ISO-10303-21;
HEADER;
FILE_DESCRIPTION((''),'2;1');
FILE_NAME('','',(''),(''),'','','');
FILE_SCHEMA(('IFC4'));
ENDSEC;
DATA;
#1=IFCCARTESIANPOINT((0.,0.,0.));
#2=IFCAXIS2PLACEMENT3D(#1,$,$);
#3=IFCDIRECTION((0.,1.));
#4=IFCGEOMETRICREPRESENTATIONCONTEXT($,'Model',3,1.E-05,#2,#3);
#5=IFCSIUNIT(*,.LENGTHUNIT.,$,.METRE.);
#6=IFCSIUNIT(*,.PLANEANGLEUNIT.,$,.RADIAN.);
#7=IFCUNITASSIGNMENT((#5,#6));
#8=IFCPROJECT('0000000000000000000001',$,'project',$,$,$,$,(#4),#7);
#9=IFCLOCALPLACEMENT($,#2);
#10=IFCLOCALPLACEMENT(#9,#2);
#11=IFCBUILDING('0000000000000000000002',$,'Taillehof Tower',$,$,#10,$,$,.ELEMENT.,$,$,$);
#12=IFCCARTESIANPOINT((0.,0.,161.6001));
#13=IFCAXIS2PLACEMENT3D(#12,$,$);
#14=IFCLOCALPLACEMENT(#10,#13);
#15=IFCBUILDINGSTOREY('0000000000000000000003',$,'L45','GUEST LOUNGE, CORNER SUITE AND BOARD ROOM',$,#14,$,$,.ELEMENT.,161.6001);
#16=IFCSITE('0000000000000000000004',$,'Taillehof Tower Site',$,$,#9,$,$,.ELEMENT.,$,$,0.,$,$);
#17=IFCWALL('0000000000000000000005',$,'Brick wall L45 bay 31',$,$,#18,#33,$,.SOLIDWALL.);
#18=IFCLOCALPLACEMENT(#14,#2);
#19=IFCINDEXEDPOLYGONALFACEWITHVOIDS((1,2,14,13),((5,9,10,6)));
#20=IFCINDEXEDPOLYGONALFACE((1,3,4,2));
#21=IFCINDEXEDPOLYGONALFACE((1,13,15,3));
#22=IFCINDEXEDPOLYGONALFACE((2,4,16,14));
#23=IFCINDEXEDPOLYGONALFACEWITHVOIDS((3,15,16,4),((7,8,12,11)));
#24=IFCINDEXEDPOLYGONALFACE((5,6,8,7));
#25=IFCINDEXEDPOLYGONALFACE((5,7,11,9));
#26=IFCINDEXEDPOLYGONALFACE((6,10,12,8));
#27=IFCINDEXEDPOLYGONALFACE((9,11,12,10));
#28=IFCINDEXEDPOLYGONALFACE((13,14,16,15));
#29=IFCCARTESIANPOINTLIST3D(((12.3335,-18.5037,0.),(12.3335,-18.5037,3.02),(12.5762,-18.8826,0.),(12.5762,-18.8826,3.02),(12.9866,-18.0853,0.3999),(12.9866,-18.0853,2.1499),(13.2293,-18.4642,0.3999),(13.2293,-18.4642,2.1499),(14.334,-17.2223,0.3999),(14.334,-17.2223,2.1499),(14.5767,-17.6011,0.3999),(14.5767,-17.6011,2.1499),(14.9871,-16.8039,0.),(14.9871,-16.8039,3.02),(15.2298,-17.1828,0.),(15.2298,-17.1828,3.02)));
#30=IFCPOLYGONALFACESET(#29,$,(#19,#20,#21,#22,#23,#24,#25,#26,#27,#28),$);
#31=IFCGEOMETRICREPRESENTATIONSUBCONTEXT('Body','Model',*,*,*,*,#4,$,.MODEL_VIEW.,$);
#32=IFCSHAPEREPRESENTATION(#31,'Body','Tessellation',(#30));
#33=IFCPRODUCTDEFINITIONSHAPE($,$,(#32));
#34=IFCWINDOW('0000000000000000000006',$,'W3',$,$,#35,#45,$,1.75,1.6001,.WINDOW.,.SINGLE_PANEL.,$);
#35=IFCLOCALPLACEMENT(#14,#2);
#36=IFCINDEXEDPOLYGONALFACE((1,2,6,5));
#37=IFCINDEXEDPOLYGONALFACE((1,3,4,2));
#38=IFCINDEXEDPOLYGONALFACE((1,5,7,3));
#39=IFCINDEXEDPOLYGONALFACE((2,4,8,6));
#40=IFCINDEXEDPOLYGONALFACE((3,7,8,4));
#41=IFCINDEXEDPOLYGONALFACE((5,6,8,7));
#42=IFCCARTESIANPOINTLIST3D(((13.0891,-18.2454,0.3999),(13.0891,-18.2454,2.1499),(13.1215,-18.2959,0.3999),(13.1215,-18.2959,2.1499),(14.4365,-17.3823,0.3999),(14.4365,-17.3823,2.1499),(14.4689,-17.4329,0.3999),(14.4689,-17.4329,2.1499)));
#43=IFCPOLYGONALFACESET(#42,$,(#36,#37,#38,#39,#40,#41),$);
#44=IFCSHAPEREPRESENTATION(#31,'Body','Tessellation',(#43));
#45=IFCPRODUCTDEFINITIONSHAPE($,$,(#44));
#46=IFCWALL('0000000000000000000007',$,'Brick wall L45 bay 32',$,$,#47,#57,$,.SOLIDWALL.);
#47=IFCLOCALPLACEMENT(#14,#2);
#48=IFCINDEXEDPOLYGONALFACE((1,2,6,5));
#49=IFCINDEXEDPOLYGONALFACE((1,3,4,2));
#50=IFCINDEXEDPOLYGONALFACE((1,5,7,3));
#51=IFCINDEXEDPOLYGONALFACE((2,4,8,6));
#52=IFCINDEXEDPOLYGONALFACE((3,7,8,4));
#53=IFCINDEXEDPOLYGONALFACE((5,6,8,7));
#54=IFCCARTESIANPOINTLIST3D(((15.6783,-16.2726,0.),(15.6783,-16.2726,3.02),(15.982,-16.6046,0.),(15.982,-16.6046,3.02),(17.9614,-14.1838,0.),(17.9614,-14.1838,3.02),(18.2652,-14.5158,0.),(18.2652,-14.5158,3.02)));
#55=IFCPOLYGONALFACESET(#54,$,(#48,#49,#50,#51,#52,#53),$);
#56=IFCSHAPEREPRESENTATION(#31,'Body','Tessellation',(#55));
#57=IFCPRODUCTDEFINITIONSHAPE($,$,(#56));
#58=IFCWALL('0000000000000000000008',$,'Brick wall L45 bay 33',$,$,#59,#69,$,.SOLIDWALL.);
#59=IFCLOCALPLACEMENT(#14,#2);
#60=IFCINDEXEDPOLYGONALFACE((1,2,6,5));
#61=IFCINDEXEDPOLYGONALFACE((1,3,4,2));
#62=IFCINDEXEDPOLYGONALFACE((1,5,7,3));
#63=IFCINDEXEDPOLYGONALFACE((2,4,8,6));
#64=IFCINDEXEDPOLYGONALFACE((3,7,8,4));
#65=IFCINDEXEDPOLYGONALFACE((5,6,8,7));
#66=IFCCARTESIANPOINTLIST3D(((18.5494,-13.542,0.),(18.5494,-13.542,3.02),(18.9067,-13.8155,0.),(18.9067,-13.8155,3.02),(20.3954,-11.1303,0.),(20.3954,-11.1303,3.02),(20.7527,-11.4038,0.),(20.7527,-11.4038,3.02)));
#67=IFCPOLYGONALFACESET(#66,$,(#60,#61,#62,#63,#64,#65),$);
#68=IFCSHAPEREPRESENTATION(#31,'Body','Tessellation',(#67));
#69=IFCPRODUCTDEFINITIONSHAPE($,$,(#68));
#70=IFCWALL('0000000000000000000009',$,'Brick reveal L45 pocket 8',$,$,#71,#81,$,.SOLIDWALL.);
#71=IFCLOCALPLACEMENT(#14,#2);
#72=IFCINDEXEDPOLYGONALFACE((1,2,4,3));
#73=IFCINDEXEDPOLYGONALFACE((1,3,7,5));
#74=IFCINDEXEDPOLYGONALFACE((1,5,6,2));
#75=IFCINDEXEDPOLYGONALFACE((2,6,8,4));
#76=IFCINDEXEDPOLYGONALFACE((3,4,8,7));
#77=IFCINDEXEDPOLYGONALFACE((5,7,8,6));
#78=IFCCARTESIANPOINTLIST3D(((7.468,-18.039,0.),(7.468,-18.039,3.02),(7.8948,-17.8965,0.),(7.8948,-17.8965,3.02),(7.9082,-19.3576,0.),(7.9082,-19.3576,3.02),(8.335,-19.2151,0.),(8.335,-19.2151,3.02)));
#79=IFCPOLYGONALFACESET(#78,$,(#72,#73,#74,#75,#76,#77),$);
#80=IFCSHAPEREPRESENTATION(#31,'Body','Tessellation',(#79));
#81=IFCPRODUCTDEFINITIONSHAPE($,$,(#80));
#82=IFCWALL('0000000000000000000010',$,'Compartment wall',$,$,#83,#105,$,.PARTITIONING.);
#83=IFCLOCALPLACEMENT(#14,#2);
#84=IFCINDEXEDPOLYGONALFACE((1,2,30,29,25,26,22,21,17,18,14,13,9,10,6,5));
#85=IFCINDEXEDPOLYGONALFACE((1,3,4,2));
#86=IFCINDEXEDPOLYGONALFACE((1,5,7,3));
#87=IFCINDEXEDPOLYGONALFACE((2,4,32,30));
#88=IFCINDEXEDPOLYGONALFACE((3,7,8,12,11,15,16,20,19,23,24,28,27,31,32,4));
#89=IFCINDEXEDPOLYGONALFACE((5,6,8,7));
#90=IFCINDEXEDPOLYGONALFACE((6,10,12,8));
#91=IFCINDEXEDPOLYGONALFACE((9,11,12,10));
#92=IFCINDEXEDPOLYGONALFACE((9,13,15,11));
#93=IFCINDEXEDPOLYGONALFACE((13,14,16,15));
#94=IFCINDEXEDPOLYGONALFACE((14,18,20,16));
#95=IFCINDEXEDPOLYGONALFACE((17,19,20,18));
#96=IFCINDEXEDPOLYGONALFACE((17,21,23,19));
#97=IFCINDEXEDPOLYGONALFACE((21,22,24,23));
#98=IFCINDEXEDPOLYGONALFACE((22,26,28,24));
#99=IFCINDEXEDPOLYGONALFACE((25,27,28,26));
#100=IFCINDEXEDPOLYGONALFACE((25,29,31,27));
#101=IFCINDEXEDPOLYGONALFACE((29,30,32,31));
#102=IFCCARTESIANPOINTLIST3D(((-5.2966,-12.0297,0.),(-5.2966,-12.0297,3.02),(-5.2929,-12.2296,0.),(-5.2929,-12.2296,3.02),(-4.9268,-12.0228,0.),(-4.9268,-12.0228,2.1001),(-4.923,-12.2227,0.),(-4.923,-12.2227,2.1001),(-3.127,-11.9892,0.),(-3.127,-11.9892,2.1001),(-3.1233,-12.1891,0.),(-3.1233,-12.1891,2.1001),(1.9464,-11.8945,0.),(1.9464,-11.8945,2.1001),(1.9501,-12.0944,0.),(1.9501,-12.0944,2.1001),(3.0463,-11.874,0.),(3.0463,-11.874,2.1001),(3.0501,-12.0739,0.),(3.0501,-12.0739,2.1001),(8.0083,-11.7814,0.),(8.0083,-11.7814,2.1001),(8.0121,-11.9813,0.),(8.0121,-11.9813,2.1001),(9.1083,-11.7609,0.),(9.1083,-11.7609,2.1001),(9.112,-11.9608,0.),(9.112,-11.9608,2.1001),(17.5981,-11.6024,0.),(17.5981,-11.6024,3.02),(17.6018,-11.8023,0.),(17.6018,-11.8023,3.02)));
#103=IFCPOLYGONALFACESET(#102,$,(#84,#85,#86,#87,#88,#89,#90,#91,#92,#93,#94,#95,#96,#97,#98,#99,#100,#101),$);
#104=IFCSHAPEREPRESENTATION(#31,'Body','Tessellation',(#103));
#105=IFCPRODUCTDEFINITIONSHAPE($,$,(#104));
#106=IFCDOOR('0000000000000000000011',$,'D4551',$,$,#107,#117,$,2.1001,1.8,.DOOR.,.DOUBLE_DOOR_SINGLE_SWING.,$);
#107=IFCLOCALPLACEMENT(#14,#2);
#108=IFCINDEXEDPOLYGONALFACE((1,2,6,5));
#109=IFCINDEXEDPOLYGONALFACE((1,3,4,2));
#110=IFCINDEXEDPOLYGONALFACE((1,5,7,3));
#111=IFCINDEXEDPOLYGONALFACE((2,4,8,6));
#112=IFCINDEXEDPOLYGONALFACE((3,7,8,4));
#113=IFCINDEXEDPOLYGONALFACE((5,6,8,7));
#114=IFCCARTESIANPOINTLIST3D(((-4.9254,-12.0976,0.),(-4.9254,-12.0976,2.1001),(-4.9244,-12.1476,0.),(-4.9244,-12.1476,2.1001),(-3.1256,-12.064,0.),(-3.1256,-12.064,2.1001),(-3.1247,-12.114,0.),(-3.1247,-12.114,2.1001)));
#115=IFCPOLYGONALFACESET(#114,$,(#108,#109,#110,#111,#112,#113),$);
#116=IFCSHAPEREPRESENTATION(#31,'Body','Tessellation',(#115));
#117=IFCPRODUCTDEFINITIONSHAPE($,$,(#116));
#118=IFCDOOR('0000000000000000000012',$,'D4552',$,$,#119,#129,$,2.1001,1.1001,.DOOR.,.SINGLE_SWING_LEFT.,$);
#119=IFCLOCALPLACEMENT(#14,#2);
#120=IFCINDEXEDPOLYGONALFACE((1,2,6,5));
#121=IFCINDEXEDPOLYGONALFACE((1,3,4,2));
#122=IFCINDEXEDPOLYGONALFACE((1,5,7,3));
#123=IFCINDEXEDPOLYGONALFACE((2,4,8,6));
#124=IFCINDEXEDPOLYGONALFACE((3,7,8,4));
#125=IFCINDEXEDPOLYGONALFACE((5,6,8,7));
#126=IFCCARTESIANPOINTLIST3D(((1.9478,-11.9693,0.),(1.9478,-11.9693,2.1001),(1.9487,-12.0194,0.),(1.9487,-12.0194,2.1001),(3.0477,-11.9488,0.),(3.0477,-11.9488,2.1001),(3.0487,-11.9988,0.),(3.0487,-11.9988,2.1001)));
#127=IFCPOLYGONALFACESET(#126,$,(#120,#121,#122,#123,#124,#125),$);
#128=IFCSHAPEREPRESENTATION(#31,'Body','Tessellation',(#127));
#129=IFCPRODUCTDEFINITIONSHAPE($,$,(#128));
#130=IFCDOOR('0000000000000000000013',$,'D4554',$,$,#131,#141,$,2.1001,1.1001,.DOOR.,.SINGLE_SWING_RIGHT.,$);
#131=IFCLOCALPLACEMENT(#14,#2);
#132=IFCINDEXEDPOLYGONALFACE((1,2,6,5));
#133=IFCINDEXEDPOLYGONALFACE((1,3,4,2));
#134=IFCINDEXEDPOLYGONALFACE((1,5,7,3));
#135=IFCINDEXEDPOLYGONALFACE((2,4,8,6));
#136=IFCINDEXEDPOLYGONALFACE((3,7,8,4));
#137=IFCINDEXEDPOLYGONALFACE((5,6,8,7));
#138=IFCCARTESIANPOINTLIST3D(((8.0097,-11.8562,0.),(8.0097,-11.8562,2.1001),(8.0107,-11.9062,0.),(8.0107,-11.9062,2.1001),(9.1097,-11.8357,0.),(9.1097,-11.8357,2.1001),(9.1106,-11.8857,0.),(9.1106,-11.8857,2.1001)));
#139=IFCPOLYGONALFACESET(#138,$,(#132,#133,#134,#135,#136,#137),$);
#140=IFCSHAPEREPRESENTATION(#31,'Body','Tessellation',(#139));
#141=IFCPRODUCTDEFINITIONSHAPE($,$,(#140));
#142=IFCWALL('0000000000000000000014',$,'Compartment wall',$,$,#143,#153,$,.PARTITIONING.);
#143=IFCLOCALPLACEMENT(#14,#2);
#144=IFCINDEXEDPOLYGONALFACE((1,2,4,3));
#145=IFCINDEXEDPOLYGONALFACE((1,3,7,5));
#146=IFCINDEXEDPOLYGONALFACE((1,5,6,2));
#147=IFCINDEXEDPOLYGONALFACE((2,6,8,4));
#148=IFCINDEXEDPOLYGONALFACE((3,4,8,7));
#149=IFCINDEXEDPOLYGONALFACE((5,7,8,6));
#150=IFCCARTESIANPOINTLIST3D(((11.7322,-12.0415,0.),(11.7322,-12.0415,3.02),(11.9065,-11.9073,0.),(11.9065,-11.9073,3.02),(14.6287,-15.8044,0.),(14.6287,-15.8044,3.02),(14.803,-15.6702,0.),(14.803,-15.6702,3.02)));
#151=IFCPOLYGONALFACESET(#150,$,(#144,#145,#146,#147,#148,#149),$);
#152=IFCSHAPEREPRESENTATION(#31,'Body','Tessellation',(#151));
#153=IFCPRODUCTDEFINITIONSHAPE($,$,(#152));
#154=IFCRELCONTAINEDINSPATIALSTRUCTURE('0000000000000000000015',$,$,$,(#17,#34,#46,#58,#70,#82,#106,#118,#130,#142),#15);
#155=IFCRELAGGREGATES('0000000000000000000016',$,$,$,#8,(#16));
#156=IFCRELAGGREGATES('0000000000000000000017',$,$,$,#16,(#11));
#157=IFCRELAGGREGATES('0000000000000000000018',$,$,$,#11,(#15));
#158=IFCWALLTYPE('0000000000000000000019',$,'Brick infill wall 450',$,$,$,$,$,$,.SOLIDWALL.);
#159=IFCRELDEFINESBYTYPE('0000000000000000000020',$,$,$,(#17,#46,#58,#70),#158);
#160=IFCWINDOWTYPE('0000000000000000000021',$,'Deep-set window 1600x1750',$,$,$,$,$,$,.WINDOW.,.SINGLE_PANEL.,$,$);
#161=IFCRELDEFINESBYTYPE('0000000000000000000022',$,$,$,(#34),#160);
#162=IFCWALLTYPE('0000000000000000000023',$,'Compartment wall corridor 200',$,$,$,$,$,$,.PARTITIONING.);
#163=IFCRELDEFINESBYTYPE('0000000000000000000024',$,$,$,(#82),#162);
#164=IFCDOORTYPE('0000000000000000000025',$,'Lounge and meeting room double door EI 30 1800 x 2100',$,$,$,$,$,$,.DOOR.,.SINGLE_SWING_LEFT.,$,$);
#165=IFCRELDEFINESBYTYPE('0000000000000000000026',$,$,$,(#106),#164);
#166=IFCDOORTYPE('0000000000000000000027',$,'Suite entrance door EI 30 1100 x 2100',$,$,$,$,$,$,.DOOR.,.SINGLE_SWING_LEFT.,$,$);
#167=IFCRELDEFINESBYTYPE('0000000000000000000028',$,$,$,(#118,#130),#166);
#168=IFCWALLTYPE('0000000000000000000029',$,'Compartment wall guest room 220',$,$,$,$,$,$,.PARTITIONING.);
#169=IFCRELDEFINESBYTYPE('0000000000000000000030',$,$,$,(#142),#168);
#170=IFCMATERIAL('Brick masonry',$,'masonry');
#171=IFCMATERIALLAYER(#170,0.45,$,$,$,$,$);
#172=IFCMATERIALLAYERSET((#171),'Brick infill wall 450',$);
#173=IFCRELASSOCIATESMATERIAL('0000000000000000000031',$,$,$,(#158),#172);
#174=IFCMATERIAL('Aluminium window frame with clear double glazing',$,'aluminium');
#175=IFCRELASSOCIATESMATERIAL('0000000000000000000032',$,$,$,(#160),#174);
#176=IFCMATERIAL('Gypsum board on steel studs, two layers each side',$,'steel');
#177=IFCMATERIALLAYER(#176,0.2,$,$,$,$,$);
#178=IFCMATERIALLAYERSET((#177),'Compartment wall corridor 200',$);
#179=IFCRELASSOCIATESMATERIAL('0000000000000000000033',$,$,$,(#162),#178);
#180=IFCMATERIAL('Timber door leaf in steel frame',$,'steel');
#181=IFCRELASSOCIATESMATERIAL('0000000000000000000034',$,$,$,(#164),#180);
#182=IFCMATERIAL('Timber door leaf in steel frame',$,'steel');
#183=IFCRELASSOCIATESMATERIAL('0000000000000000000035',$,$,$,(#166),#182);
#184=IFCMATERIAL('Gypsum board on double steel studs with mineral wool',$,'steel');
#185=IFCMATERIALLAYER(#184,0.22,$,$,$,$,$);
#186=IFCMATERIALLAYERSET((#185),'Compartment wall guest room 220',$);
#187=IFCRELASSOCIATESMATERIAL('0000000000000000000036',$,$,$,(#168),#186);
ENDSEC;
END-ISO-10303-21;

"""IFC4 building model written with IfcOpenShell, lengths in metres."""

from ifc_helpers import new_model, si_unit, direction, frame, frame_2d, origin, place, context, subcontext, project, spatial, rectangle, extrude, material, layer, layer_set, type_object, element, fill, save


model = new_model("IFC4")

# Units and contexts
model_context = context("Model", 3, precision=1e-05, world=origin(), true_north=direction((0.0, 1.0)))
body_context = subcontext(model_context, "Body", "Model", "MODEL_VIEW")
ifc_project = project(units=[si_unit("LENGTHUNIT", "METRE"), si_unit("PLANEANGLEUNIT", "RADIAN")], contexts=[model_context])

# Site, building, storey
site_placement = place(None, origin())
site = spatial("IfcSite", under=ifc_project, at=site_placement, Name="Taillehof Tower Site", CompositionType="ELEMENT", RefElevation=0.0)
building_placement = place(site_placement, origin())
building = spatial("IfcBuilding", under=site, at=building_placement, Name="Taillehof Tower", CompositionType="ELEMENT")
storey_placement = place(building_placement, frame((0.0, 0.0, 161.6001)))
storey = spatial("IfcBuildingStorey", under=building, at=storey_placement, Name="L45", Description="GUEST LOUNGE, CORNER SUITE AND BOARD ROOM", CompositionType="ELEMENT", Elevation=161.6001)

# Wall, opening, window
ifc_material_1 = material(Name="Brick masonry", Category="masonry")
ifc_layer_1 = layer(ifc_material_1, 0.45)
ifc_layer_set_1 = layer_set([ifc_layer_1], Name="Brick infill wall 450")
wall_type_1 = type_object("IfcWallType", Name="Brick infill wall 450", PredefinedType="SOLIDWALL", material=ifc_layer_set_1)
ifc_material_2 = material(Name="Aluminium window frame with clear double glazing", Category="aluminium")
window_type = type_object("IfcWindowType", Name="Deep-set window 1600x1750", PartitioningType="SINGLE_PANEL", PredefinedType="WINDOW", material=ifc_material_2)
wall_1_placement = place(storey_placement, frame((12.4548, -18.6931, 0.0), z_axis=(0.0, 0.0, 1.0), x_axis=(0.842066, 0.539375, 0.0)))
wall_1 = element("IfcWall", 1, at=wall_1_placement, inside=storey, type_object=wall_type_1, Name="Brick wall L45 bay 31", PredefinedType="SOLIDWALL", context=body_context, shape_type="SweptSolid", body=[
    extrude(rectangle(XDim=3.1514, YDim=0.45, at=frame_2d((1.5757, 0.0))), origin(), (0.0, 0.0, 1.0), 3.02),
])
opening_1_placement = place(wall_1_placement, frame((0.7756, 0.0, 0.3999)))
opening_1 = element("IfcOpeningElement", 2, at=opening_1_placement, cuts=wall_1, PredefinedType="OPENING", context=body_context, shape_type="SweptSolid", body=[
    extrude(rectangle(XDim=1.6001, YDim=1.75, at=frame_2d((0.8, 0.875))), frame((0.0, 0.2349, 0.0), z_axis=(0.0, -1.0, 0.0), x_axis=(1.0, 0.0, 0.0)), (0.0, 0.0, 1.0), 0.47),
])
window_1_placement = place(opening_1_placement, origin())
window_1 = element("IfcWindow", 3, at=window_1_placement, inside=storey, type_object=window_type, Name="W3", OverallHeight=1.75, OverallWidth=1.6001, PartitioningType="SINGLE_PANEL", PredefinedType="WINDOW", context=body_context, shape_type="SweptSolid", body=[
    extrude(rectangle(XDim=1.6001, YDim=1.75, at=frame_2d((0.8, 0.875))), frame((0.0, 0.0349, 0.0), z_axis=(0.0, -1.0, 0.0), x_axis=(1.0, 0.0, 0.0)), (0.0, 0.0, 1.0), 0.0601),
])
fill(opening_1, window_1)

# Walls
wall_2_placement = place(storey_placement, frame((15.8301, -16.4387, 0.0), z_axis=(0.0, 0.0, 1.0), x_axis=(0.737809, 0.67501, 0.0)))
element("IfcWall", 4, at=wall_2_placement, inside=storey, type_object=wall_type_1, Name="Brick wall L45 bay 32", PredefinedType="SOLIDWALL", context=body_context, shape_type="SweptSolid", body=[
    extrude(rectangle(XDim=3.0945, YDim=0.45, at=frame_2d((1.5474, 0.0))), origin(), (0.0, 0.0, 1.0), 3.02),
])
wall_3_placement = place(storey_placement, frame((18.728, -13.6787, 0.0), z_axis=(0.0, 0.0, 1.0), x_axis=(0.607817, 0.794077, 0.0)))
element("IfcWall", 5, at=wall_3_placement, inside=storey, type_object=wall_type_1, Name="Brick wall L45 bay 33", PredefinedType="SOLIDWALL", context=body_context, shape_type="SweptSolid", body=[
    extrude(rectangle(XDim=3.0371, YDim=0.45, at=frame_2d((1.5186, 0.0))), origin(), (0.0, 0.0, 1.0), 3.02),
])
wall_4_placement = place(storey_placement, frame((8.1216, -19.2864, 0.0), z_axis=(0.0, 0.0, 1.0), x_axis=(-0.316649, 0.948543, 0.0)))
element("IfcWall", 6, at=wall_4_placement, inside=storey, type_object=wall_type_1, Name="Brick reveal L45 pocket 8", PredefinedType="SOLIDWALL", context=body_context, shape_type="SweptSolid", body=[
    extrude(rectangle(XDim=1.3901, YDim=0.45, at=frame_2d((0.6951, 0.0))), origin(), (0.0, 0.0, 1.0), 3.02),
])

# Wall, openings, doors
ifc_material_3 = material(Name="Gypsum board on steel studs, two layers each side", Category="steel")
ifc_layer_2 = layer(ifc_material_3, 0.2)
ifc_layer_set_2 = layer_set([ifc_layer_2], Name="Compartment wall corridor 200")
wall_type_2 = type_object("IfcWallType", Name="Compartment wall corridor 200", PredefinedType="PARTITIONING", material=ifc_layer_set_2)
wall_5_placement = place(storey_placement, frame((17.5999, -11.7024, 0.0), z_axis=(0.0, 0.0, 1.0), x_axis=(-0.999826, -0.018658, 0.0)))
wall_5 = element("IfcWall", 7, at=wall_5_placement, inside=storey, type_object=wall_type_2, Name="Compartment wall", PredefinedType="PARTITIONING", context=body_context, shape_type="SweptSolid", body=[
    extrude(rectangle(XDim=22.8987, YDim=0.2, at=frame_2d((11.4492, 0.0))), origin(), (0.0, 0.0, 1.0), 3.02),
])
opening_2_placement = place(wall_5_placement, frame((20.7288, 0.0, 0.0)))
opening_2 = element("IfcOpeningElement", 8, at=opening_2_placement, cuts=wall_5, PredefinedType="OPENING", context=body_context, shape_type="SweptSolid", body=[
    extrude(rectangle(XDim=1.8, YDim=2.1001, at=frame_2d((0.8999, 1.05))), frame((0.0, 0.1099, 0.0), z_axis=(0.0, -1.0, 0.0), x_axis=(1.0, 0.0, 0.0)), (0.0, 0.0, 1.0), 0.22),
])
opening_3_placement = place(wall_5_placement, frame((14.5542, 0.0, 0.0)))
opening_3 = element("IfcOpeningElement", 9, at=opening_3_placement, cuts=wall_5, PredefinedType="OPENING", context=body_context, shape_type="SweptSolid", body=[
    extrude(rectangle(XDim=1.1001, YDim=2.1001, at=frame_2d((0.55, 1.05))), frame((0.0, 0.1099, 0.0), z_axis=(0.0, -1.0, 0.0), x_axis=(1.0, 0.0, 0.0)), (0.0, 0.0, 1.0), 0.22),
])
opening_4_placement = place(wall_5_placement, frame((8.4912, 0.0, 0.0)))
opening_4 = element("IfcOpeningElement", 10, at=opening_4_placement, cuts=wall_5, PredefinedType="OPENING", context=body_context, shape_type="SweptSolid", body=[
    extrude(rectangle(XDim=1.1001, YDim=2.1001, at=frame_2d((0.55, 1.05))), frame((0.0, 0.1099, 0.0), z_axis=(0.0, -1.0, 0.0), x_axis=(1.0, 0.0, 0.0)), (0.0, 0.0, 1.0), 0.22),
])
ifc_material_4 = material(Name="Timber door leaf in steel frame", Category="steel")
door_type_1 = type_object("IfcDoorType", Name="Lounge and meeting room double door EI 30 1800 x 2100", OperationType="SINGLE_SWING_LEFT", PredefinedType="DOOR", material=ifc_material_4)
door_1_placement = place(opening_2_placement, origin())
door_1 = element("IfcDoor", 11, at=door_1_placement, inside=storey, type_object=door_type_1, Name="D4551", OperationType="DOUBLE_DOOR_SINGLE_SWING", OverallHeight=2.1001, OverallWidth=1.8, PredefinedType="DOOR", context=body_context, shape_type="SweptSolid", body=[
    extrude(rectangle(XDim=1.8, YDim=2.1001, at=frame_2d((0.8999, 1.05))), frame((0.0, 0.0249, 0.0), z_axis=(0.0, -1.0, 0.0), x_axis=(1.0, 0.0, 0.0)), (0.0, 0.0, 1.0), 0.05),
])
fill(opening_2, door_1)
ifc_material_5 = material(Name="Timber door leaf in steel frame", Category="steel")
door_type_2 = type_object("IfcDoorType", Name="Suite entrance door EI 30 1100 x 2100", OperationType="SINGLE_SWING_LEFT", PredefinedType="DOOR", material=ifc_material_5)
door_2_placement = place(opening_3_placement, origin())
door_2 = element("IfcDoor", 12, at=door_2_placement, inside=storey, type_object=door_type_2, Name="D4552", OperationType="SINGLE_SWING_LEFT", OverallHeight=2.1001, OverallWidth=1.1001, PredefinedType="DOOR", context=body_context, shape_type="SweptSolid", body=[
    extrude(rectangle(XDim=1.1001, YDim=2.1001, at=frame_2d((0.55, 1.05))), frame((0.0, 0.0249, 0.0), z_axis=(0.0, -1.0, 0.0), x_axis=(1.0, 0.0, 0.0)), (0.0, 0.0, 1.0), 0.05),
])
fill(opening_3, door_2)
door_3_placement = place(opening_4_placement, origin())
door_3 = element("IfcDoor", 13, at=door_3_placement, inside=storey, type_object=door_type_2, Name="D4554", OperationType="SINGLE_SWING_RIGHT", OverallHeight=2.1001, OverallWidth=1.1001, PredefinedType="DOOR", context=body_context, shape_type="SweptSolid", body=[
    extrude(rectangle(XDim=1.1001, YDim=2.1001, at=frame_2d((0.55, 1.05))), frame((0.0, 0.0249, 0.0), z_axis=(0.0, -1.0, 0.0), x_axis=(1.0, 0.0, 0.0)), (0.0, 0.0, 1.0), 0.05),
])
fill(opening_4, door_3)

# Wall
ifc_material_6 = material(Name="Gypsum board on double steel studs with mineral wool", Category="steel")
ifc_layer_3 = layer(ifc_material_6, 0.22)
ifc_layer_set_3 = layer_set([ifc_layer_3], Name="Compartment wall guest room 220")
wall_type_3 = type_object("IfcWallType", Name="Compartment wall guest room 220", PredefinedType="PARTITIONING", material=ifc_layer_set_3)
wall_6_placement = place(storey_placement, frame((14.7158, -15.7373, 0.0), z_axis=(0.0, 0.0, 1.0), x_axis=(-0.609964, 0.792429, 0.0)))
element("IfcWall", 14, at=wall_6_placement, inside=storey, type_object=wall_type_3, Name="Compartment wall", PredefinedType="PARTITIONING", context=body_context, shape_type="SweptSolid", body=[
    extrude(rectangle(XDim=4.7485, YDim=0.22, at=frame_2d((2.3743, 0.0))), origin(), (0.0, 0.0, 1.0), 3.02),
])

save(model, "model.ifc")
